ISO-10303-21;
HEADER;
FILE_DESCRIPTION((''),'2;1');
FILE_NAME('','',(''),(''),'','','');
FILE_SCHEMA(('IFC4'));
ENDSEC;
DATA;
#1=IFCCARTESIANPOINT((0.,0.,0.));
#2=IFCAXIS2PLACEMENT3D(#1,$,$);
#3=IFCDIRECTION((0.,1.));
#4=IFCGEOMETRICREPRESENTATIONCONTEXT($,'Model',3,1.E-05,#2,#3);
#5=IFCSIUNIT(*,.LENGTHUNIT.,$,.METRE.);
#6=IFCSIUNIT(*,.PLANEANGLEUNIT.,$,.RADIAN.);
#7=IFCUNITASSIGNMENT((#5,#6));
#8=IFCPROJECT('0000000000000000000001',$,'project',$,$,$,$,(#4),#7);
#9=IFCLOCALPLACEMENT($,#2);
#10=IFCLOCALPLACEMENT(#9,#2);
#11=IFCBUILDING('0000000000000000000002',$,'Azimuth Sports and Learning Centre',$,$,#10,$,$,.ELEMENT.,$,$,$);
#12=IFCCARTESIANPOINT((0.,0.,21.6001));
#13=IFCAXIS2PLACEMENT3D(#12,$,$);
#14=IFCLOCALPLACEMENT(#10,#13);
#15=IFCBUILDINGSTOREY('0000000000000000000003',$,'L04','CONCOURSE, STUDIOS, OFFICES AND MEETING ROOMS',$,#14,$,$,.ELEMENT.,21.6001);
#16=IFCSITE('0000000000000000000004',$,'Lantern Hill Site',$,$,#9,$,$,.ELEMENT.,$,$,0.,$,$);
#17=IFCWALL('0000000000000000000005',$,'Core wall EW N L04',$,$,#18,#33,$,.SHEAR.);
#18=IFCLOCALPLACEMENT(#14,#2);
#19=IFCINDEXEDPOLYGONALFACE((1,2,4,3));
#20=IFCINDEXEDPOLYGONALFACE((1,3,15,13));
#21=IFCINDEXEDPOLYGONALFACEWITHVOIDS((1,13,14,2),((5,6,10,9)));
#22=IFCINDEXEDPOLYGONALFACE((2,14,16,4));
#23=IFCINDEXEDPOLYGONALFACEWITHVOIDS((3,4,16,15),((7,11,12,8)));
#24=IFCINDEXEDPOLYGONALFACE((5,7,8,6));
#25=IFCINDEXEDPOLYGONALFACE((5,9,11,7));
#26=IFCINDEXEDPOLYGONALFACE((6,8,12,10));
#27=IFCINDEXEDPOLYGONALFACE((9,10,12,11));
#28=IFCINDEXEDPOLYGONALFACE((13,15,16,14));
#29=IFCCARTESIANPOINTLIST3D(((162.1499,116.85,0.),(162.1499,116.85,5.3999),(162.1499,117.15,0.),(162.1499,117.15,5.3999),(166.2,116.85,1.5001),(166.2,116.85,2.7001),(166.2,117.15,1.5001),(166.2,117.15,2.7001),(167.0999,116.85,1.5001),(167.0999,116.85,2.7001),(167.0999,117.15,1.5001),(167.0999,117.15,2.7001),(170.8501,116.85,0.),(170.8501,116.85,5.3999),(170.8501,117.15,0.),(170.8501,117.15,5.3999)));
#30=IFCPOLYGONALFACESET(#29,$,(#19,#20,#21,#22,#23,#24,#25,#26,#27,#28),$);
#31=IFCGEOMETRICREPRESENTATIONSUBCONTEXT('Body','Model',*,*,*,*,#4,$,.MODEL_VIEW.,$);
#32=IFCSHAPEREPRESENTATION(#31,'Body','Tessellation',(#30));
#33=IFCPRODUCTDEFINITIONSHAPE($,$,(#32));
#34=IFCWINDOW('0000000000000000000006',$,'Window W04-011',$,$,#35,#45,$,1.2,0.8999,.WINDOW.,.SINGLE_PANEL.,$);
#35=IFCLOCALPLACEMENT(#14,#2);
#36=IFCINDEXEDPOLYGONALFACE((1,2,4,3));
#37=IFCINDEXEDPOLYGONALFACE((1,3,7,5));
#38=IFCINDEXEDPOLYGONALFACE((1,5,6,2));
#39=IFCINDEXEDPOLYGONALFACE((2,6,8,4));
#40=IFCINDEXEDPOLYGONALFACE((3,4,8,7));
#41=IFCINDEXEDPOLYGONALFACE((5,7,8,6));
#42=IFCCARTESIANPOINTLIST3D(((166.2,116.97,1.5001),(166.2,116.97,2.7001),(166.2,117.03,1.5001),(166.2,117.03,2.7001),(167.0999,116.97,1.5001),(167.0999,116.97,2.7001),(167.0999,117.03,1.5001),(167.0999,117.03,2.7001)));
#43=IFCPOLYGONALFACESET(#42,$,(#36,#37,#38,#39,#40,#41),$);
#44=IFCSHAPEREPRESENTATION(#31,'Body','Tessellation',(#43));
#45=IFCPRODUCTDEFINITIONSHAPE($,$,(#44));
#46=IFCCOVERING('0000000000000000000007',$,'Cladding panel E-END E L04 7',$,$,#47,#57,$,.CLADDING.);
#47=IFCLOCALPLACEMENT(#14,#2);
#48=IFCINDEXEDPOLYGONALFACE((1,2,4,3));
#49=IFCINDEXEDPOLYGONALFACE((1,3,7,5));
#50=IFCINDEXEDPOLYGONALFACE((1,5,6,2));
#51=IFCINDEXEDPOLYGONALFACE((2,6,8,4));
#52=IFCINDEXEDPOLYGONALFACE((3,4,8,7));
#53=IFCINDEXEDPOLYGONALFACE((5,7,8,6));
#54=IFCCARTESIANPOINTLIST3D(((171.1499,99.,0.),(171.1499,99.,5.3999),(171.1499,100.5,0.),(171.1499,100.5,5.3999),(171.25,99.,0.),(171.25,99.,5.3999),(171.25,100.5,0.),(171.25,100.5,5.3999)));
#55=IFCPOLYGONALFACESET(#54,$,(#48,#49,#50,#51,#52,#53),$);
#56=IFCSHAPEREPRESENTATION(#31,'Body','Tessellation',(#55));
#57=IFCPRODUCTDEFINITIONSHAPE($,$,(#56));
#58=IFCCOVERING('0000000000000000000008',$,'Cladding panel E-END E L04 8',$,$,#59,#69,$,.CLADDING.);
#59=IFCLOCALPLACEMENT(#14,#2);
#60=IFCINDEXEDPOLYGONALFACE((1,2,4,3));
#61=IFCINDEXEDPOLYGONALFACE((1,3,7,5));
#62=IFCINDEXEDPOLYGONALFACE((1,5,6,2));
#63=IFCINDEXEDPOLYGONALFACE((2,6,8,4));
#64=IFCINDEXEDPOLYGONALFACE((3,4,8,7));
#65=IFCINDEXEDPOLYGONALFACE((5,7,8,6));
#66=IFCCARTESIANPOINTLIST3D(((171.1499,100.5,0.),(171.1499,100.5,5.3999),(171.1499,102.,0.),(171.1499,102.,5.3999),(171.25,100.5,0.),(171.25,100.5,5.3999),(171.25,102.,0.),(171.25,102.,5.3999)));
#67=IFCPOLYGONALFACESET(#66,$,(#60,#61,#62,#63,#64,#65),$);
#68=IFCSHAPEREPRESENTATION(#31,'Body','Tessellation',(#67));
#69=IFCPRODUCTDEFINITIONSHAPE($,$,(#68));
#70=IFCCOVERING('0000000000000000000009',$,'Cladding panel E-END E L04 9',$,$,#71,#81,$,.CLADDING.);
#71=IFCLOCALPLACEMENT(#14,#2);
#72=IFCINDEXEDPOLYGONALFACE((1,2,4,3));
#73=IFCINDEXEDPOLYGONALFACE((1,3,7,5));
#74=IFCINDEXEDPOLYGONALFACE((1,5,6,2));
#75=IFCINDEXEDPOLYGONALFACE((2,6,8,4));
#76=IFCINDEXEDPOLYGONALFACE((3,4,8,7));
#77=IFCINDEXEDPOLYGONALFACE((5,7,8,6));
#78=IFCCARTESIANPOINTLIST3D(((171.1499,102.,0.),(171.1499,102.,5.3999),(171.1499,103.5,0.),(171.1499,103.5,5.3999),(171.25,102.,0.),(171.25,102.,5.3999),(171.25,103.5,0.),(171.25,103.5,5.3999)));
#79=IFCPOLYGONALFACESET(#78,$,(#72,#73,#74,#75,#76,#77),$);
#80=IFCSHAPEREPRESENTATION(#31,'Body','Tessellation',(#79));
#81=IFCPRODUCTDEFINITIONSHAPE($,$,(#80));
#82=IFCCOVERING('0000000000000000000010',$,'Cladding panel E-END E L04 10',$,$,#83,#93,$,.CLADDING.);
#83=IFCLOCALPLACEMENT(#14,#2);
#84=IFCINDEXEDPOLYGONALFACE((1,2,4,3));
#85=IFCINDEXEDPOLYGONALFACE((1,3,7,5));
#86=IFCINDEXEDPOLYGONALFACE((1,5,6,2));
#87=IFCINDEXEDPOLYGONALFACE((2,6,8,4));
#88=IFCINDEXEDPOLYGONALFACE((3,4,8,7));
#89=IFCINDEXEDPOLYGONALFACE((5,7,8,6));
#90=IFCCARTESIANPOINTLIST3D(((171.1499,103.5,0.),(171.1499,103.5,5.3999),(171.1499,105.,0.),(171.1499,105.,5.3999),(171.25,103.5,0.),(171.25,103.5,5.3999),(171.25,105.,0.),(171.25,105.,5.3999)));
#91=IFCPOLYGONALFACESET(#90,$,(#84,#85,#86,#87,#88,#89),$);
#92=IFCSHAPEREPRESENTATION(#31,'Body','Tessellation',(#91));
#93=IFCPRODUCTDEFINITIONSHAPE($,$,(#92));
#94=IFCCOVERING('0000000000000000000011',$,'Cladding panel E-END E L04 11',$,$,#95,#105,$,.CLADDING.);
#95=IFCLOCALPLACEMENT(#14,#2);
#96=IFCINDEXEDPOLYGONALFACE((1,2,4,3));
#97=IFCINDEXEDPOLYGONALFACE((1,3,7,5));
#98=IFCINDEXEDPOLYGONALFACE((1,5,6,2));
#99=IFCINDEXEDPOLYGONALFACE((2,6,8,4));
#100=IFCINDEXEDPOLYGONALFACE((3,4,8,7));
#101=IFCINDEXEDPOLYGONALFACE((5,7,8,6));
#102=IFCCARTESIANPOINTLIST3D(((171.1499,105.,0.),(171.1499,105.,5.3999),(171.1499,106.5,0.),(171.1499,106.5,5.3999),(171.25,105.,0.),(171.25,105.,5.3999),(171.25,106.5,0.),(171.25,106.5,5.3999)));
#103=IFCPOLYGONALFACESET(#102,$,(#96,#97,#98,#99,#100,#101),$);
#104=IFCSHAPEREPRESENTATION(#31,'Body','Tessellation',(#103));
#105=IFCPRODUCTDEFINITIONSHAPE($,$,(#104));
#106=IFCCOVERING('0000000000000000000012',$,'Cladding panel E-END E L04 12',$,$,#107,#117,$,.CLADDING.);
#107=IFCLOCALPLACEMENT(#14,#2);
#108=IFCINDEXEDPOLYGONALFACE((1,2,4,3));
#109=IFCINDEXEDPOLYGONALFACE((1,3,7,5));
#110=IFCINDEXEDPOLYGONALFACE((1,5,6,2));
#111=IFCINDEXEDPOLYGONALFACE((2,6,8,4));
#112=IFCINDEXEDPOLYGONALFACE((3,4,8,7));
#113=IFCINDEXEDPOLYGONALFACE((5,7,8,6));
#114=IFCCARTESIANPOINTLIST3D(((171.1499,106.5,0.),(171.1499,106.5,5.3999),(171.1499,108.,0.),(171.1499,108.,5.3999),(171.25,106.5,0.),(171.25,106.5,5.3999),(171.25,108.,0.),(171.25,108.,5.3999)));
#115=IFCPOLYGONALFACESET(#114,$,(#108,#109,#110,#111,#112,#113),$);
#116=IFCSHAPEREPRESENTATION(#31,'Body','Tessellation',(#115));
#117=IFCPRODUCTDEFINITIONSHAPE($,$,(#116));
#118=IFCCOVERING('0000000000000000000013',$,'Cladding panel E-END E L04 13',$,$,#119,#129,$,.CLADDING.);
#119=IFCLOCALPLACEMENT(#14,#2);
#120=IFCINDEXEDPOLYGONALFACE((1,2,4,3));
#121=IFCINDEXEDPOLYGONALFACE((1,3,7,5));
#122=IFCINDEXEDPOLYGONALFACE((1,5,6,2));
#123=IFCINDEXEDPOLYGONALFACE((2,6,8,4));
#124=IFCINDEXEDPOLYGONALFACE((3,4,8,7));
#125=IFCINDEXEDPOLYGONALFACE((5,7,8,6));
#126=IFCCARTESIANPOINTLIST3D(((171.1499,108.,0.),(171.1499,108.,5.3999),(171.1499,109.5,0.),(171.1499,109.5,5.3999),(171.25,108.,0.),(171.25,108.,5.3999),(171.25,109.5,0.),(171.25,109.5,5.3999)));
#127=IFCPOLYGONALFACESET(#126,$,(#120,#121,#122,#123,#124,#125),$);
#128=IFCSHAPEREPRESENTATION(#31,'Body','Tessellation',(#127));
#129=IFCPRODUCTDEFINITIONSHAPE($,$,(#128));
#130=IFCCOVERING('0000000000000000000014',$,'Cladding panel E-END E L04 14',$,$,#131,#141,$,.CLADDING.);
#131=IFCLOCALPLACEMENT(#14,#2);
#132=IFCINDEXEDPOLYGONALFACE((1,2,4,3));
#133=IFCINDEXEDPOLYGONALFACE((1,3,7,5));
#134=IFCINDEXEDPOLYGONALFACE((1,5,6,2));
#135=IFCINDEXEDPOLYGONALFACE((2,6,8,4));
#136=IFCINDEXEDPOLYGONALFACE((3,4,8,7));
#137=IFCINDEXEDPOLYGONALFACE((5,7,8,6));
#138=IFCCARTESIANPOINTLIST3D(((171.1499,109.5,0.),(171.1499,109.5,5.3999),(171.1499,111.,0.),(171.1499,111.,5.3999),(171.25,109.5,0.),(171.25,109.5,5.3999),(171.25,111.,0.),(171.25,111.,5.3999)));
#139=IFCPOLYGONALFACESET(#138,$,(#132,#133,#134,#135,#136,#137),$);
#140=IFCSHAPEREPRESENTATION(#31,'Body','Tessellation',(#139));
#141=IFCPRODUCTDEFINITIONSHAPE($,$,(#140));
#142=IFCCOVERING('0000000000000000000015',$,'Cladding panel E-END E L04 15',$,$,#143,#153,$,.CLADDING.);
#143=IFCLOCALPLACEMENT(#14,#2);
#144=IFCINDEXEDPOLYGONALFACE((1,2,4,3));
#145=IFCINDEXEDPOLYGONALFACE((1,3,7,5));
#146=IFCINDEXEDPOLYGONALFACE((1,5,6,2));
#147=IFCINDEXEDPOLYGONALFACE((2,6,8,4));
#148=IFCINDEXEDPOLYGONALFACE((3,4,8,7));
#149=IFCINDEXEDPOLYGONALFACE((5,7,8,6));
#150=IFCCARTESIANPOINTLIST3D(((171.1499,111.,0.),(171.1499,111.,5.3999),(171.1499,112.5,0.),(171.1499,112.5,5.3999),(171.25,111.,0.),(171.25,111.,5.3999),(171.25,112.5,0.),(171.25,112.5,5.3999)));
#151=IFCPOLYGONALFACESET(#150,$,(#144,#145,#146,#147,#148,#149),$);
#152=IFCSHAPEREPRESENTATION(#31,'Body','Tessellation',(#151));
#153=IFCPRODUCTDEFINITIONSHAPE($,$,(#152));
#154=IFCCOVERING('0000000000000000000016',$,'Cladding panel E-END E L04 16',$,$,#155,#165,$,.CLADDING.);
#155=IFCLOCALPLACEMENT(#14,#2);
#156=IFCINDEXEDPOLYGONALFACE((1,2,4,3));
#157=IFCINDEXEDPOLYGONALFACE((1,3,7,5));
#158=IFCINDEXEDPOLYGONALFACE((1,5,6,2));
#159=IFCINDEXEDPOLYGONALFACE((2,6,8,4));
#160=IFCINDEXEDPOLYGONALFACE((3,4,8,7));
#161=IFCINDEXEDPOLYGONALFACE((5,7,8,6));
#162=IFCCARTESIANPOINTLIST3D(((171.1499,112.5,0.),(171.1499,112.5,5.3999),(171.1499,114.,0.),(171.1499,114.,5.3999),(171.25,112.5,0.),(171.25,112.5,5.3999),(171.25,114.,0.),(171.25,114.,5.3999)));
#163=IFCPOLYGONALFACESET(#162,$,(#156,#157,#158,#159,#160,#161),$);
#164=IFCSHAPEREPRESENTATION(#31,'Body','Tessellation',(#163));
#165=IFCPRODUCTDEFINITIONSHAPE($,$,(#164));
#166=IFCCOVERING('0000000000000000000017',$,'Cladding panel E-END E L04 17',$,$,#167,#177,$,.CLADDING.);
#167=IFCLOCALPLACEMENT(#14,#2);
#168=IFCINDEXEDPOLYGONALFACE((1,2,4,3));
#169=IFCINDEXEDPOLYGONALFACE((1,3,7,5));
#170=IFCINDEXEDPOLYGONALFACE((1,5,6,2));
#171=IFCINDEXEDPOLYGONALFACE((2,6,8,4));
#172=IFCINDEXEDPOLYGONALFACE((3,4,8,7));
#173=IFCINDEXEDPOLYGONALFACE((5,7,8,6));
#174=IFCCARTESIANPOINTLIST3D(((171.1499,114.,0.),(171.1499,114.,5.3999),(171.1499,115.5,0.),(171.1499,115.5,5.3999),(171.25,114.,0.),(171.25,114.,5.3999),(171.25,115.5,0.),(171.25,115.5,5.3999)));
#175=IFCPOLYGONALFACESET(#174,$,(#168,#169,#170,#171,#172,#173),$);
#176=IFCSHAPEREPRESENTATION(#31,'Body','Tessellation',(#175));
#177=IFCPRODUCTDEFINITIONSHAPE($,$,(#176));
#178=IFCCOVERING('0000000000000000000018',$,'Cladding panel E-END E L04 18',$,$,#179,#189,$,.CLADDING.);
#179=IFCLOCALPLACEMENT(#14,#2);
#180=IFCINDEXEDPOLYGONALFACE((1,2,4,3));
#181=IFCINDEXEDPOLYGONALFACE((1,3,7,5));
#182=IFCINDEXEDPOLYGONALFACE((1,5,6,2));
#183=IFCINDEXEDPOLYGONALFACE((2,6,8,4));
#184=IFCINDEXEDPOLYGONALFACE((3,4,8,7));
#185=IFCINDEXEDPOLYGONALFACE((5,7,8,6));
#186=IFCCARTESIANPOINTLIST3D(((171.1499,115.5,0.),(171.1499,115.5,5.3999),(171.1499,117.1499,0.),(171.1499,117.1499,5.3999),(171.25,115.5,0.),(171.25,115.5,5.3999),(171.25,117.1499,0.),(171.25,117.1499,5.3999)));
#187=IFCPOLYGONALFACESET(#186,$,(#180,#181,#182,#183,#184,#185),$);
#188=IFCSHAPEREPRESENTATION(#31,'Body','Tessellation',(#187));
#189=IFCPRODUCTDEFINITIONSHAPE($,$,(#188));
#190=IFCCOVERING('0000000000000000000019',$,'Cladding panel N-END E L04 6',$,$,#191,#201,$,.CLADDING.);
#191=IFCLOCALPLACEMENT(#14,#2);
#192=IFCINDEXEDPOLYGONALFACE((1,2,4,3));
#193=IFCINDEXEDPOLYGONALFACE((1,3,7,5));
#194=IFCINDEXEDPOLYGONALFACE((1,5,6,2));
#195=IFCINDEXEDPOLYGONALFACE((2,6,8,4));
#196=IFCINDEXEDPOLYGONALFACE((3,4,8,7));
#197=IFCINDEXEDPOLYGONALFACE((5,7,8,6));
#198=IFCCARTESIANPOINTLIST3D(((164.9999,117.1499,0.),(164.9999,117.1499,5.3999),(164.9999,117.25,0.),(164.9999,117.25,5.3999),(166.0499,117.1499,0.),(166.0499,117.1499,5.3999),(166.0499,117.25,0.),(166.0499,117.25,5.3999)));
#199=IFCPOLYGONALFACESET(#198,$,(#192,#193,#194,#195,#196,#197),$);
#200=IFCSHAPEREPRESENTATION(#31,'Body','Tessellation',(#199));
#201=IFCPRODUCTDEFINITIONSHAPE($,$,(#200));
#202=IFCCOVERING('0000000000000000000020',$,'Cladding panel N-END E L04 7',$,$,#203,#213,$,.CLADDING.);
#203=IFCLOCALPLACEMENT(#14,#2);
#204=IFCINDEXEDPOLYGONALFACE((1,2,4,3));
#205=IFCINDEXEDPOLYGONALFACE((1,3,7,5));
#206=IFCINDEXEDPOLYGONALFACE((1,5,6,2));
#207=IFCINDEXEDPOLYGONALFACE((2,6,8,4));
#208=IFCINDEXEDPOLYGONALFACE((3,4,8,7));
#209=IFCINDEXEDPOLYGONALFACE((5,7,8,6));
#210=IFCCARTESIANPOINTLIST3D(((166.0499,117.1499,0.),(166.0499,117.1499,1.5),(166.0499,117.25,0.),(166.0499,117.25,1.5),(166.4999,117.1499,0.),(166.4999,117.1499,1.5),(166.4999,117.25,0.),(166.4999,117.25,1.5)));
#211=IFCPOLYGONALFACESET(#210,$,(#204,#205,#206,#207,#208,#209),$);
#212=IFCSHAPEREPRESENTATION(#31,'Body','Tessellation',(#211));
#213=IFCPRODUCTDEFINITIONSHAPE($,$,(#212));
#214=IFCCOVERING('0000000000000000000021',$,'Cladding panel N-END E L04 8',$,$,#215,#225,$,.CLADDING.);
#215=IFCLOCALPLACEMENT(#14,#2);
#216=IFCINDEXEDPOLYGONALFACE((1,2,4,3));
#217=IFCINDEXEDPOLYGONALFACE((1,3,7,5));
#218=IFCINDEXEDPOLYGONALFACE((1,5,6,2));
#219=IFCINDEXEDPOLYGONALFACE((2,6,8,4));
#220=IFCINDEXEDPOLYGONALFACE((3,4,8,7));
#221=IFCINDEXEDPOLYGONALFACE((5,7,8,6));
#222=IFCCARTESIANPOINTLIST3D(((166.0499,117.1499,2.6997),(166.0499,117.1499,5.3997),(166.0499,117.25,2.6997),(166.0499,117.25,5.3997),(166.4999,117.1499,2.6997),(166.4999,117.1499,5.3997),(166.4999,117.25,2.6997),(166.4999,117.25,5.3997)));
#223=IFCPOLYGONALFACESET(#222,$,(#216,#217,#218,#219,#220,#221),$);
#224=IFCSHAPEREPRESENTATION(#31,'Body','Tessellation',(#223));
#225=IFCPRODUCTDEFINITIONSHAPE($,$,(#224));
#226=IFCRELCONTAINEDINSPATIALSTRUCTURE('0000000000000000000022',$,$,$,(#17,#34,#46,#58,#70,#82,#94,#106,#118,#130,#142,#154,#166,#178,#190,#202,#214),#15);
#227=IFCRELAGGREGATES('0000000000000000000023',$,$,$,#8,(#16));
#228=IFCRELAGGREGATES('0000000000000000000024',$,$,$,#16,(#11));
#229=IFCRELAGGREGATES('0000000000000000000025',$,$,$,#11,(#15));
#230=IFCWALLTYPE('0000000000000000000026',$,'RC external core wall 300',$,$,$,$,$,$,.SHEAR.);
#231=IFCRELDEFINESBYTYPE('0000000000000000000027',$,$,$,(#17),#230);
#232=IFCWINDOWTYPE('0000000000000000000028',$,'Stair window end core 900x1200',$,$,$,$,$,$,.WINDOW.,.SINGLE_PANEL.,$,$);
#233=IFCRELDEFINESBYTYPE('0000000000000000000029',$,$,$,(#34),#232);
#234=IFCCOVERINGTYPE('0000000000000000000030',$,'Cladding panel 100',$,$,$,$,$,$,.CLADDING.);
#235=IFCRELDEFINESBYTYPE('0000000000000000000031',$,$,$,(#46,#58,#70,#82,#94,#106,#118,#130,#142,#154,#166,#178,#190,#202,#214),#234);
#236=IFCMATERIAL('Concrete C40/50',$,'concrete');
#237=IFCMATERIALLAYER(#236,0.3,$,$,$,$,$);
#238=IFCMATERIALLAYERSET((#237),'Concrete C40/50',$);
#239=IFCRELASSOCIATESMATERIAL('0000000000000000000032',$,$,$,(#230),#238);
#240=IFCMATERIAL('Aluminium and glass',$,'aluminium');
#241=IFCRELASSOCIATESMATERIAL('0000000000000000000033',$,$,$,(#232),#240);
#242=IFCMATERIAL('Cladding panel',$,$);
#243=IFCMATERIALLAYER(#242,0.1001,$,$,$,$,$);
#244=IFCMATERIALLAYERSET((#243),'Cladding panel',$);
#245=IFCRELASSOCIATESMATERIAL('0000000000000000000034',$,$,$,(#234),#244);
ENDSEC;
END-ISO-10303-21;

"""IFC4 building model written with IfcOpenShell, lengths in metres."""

from ifc_helpers import new_model, si_unit, direction, frame, frame_2d, origin, origin_2d, place, context, subcontext, project, spatial, rectangle, extrude, material, layer, layer_set, type_object, element, fill, save


model = new_model("IFC4")

# Units and contexts
model_context = context("Model", 3, precision=1e-05, world=origin(), true_north=direction((0.0, 1.0)))
body_context = subcontext(model_context, "Body", "Model", "MODEL_VIEW")
ifc_project = project(units=[si_unit("LENGTHUNIT", "METRE"), si_unit("PLANEANGLEUNIT", "RADIAN")], contexts=[model_context])

# Site, building, storey
site_placement = place(None, origin())
site = spatial("IfcSite", under=ifc_project, at=site_placement, Name="Lantern Hill Site", CompositionType="ELEMENT", RefElevation=0.0)
building_placement = place(site_placement, origin())
building = spatial("IfcBuilding", under=site, at=building_placement, Name="Azimuth Sports and Learning Centre", CompositionType="ELEMENT")
storey_placement = place(building_placement, frame((0.0, 0.0, 21.6001)))
storey = spatial("IfcBuildingStorey", under=building, at=storey_placement, Name="L04", Description="CONCOURSE, STUDIOS, OFFICES AND MEETING ROOMS", CompositionType="ELEMENT", Elevation=21.6001)

# Wall, opening, window
ifc_material_1 = material(Name="Concrete C40/50", Category="concrete")
ifc_layer_1 = layer(ifc_material_1, 0.3)
ifc_layer_set_1 = layer_set([ifc_layer_1], Name="Concrete C40/50")
wall_type_1 = type_object("IfcWallType", Name="RC external core wall 300", PredefinedType="SHEAR", material=ifc_layer_set_1)
wall_1_placement = place(storey_placement, frame((162.1499, 117.0, 0.0), z_axis=(0.0, 0.0, 1.0), x_axis=(1.0, 0.0, 0.0)))
wall_1 = element("IfcWall", 1, at=wall_1_placement, inside=storey, type_object=wall_type_1, Name="Core wall EW N L04", PredefinedType="SHEAR", context=body_context, shape_type="SweptSolid", body=[
    extrude(rectangle(XDim=8.7002, YDim=0.3, at=frame_2d((4.3501, 0.0))), origin(), (0.0, 0.0, 1.0), 5.3999),
])
opening_1_placement = place(wall_1_placement, frame((4.05, 0.0, 1.5)))
opening_1 = element("IfcOpeningElement", 2, at=opening_1_placement, cuts=wall_1, PredefinedType="OPENING", context=body_context, shape_type="SweptSolid", body=[
    extrude(rectangle(XDim=0.8999, YDim=1.2, at=frame_2d((0.45, 0.6001))), frame((0.0, 0.1611, 0.0), z_axis=(0.0, -1.0, 0.0), x_axis=(1.0, 0.0, 0.0)), (0.0, 0.0, 1.0), 0.322),
])
ifc_material_2 = material(Name="Aluminium and glass", Category="aluminium")
window_type = type_object("IfcWindowType", Name="Stair window end core 900x1200", PartitioningType="SINGLE_PANEL", PredefinedType="WINDOW", material=ifc_material_2)
window_placement = place(opening_1_placement, origin())
window = element("IfcWindow", 3, at=window_placement, inside=storey, type_object=window_type, Name="Window W04-011", OverallHeight=1.2, OverallWidth=0.8999, PartitioningType="SINGLE_PANEL", PredefinedType="WINDOW", context=body_context, shape_type="SweptSolid", body=[
    extrude(rectangle(XDim=0.8999, YDim=1.2, at=frame_2d((0.45, 0.6001))), frame((0.0, 0.03, 0.0), z_axis=(0.0, -1.0, 0.0), x_axis=(1.0, 0.0, 0.0)), (0.0, 0.0, 1.0), 0.0601),
])
fill(opening_1, window)

# Coverings
ifc_material_3 = material(Name="Cladding panel")
ifc_layer_2 = layer(ifc_material_3, 0.1001)
ifc_layer_set_2 = layer_set([ifc_layer_2], Name="Cladding panel")
covering_type = type_object("IfcCoveringType", Name="Cladding panel 100", PredefinedType="CLADDING", material=ifc_layer_set_2)
for number, where, z_axis, x_axis, name in (
    (4, (171.2, 99.75, 0.0), (0.0, 0.0, 1.0), (0.0, 1.0, 0.0), "Cladding panel E-END E L04 7"),
    (5, (171.2, 101.25, 0.0), (0.0, 0.0, 1.0), (0.0, 1.0, 0.0), "Cladding panel E-END E L04 8"),
    (6, (171.2, 102.75, 0.0), (0.0, 0.0, 1.0), (0.0, 1.0, 0.0), "Cladding panel E-END E L04 9"),
    (7, (171.2, 104.25, 0.0), (0.0, 0.0, 1.0), (0.0, 1.0, 0.0), "Cladding panel E-END E L04 10"),
    (8, (171.2, 105.75, 0.0), (0.0, 0.0, 1.0), (0.0, 1.0, 0.0), "Cladding panel E-END E L04 11"),
    (9, (171.2, 107.25, 0.0), (0.0, 0.0, 1.0), (0.0, 1.0, 0.0), "Cladding panel E-END E L04 12"),
    (10, (171.2, 108.75, 0.0), (0.0, 0.0, 1.0), (0.0, 1.0, 0.0), "Cladding panel E-END E L04 13"),
    (11, (171.2, 110.25, 0.0), (0.0, 0.0, 1.0), (0.0, 1.0, 0.0), "Cladding panel E-END E L04 14"),
    (12, (171.2, 111.75, 0.0), (0.0, 0.0, 1.0), (0.0, 1.0, 0.0), "Cladding panel E-END E L04 15"),
    (13, (171.2, 113.25, 0.0), (0.0, 0.0, 1.0), (0.0, 1.0, 0.0), "Cladding panel E-END E L04 16"),
    (14, (171.2, 114.75, 0.0), (0.0, 0.0, 1.0), (0.0, 1.0, 0.0), "Cladding panel E-END E L04 17"),
):
    element("IfcCovering", number, at=place(storey_placement, frame(where, z_axis=z_axis, x_axis=x_axis)), inside=storey, type_object=covering_type, Name=name, PredefinedType="CLADDING", context=body_context, shape_type="SweptSolid", body=[
        extrude(rectangle(XDim=1.5, YDim=0.1001, at=origin_2d()), origin(), (0.0, 0.0, 1.0), 5.3999),
    ])
covering_1_placement = place(storey_placement, frame((171.2, 116.325, 0.0), z_axis=(0.0, 0.0, 1.0), x_axis=(0.0, 1.0, 0.0)))
element("IfcCovering", 15, at=covering_1_placement, inside=storey, type_object=covering_type, Name="Cladding panel E-END E L04 18", PredefinedType="CLADDING", context=body_context, shape_type="SweptSolid", body=[
    extrude(rectangle(XDim=1.6499, YDim=0.1001, at=origin_2d()), origin(), (0.0, 0.0, 1.0), 5.3999),
])
covering_2_placement = place(storey_placement, frame((165.5249, 117.2, 0.0), z_axis=(0.0, 0.0, 1.0), x_axis=(-1.0, 0.0, 0.0)))
element("IfcCovering", 16, at=covering_2_placement, inside=storey, type_object=covering_type, Name="Cladding panel N-END E L04 6", PredefinedType="CLADDING", context=body_context, shape_type="SweptSolid", body=[
    extrude(rectangle(XDim=1.05, YDim=0.1001, at=origin_2d()), origin(), (0.0, 0.0, 1.0), 5.3999),
])
covering_3_placement = place(storey_placement, frame((166.2749, 117.2, 0.0), z_axis=(0.0, 0.0, 1.0), x_axis=(-1.0, 0.0, 0.0)))
element("IfcCovering", 17, at=covering_3_placement, inside=storey, type_object=covering_type, Name="Cladding panel N-END E L04 7", PredefinedType="CLADDING", context=body_context, shape_type="SweptSolid", body=[
    extrude(rectangle(XDim=0.45, YDim=0.1001, at=origin_2d()), origin(), (0.0, 0.0, 1.0), 1.5),
])
covering_4_placement = place(storey_placement, frame((166.2749, 117.2, 2.6997), z_axis=(0.0, 0.0, 1.0), x_axis=(-1.0, 0.0, 0.0)))
element("IfcCovering", 18, at=covering_4_placement, inside=storey, type_object=covering_type, Name="Cladding panel N-END E L04 8", PredefinedType="CLADDING", context=body_context, shape_type="SweptSolid", body=[
    extrude(rectangle(XDim=0.45, YDim=0.1001, at=origin_2d()), origin(), (0.0, 0.0, 1.0), 2.7),
])

save(model, "model.ifc")
